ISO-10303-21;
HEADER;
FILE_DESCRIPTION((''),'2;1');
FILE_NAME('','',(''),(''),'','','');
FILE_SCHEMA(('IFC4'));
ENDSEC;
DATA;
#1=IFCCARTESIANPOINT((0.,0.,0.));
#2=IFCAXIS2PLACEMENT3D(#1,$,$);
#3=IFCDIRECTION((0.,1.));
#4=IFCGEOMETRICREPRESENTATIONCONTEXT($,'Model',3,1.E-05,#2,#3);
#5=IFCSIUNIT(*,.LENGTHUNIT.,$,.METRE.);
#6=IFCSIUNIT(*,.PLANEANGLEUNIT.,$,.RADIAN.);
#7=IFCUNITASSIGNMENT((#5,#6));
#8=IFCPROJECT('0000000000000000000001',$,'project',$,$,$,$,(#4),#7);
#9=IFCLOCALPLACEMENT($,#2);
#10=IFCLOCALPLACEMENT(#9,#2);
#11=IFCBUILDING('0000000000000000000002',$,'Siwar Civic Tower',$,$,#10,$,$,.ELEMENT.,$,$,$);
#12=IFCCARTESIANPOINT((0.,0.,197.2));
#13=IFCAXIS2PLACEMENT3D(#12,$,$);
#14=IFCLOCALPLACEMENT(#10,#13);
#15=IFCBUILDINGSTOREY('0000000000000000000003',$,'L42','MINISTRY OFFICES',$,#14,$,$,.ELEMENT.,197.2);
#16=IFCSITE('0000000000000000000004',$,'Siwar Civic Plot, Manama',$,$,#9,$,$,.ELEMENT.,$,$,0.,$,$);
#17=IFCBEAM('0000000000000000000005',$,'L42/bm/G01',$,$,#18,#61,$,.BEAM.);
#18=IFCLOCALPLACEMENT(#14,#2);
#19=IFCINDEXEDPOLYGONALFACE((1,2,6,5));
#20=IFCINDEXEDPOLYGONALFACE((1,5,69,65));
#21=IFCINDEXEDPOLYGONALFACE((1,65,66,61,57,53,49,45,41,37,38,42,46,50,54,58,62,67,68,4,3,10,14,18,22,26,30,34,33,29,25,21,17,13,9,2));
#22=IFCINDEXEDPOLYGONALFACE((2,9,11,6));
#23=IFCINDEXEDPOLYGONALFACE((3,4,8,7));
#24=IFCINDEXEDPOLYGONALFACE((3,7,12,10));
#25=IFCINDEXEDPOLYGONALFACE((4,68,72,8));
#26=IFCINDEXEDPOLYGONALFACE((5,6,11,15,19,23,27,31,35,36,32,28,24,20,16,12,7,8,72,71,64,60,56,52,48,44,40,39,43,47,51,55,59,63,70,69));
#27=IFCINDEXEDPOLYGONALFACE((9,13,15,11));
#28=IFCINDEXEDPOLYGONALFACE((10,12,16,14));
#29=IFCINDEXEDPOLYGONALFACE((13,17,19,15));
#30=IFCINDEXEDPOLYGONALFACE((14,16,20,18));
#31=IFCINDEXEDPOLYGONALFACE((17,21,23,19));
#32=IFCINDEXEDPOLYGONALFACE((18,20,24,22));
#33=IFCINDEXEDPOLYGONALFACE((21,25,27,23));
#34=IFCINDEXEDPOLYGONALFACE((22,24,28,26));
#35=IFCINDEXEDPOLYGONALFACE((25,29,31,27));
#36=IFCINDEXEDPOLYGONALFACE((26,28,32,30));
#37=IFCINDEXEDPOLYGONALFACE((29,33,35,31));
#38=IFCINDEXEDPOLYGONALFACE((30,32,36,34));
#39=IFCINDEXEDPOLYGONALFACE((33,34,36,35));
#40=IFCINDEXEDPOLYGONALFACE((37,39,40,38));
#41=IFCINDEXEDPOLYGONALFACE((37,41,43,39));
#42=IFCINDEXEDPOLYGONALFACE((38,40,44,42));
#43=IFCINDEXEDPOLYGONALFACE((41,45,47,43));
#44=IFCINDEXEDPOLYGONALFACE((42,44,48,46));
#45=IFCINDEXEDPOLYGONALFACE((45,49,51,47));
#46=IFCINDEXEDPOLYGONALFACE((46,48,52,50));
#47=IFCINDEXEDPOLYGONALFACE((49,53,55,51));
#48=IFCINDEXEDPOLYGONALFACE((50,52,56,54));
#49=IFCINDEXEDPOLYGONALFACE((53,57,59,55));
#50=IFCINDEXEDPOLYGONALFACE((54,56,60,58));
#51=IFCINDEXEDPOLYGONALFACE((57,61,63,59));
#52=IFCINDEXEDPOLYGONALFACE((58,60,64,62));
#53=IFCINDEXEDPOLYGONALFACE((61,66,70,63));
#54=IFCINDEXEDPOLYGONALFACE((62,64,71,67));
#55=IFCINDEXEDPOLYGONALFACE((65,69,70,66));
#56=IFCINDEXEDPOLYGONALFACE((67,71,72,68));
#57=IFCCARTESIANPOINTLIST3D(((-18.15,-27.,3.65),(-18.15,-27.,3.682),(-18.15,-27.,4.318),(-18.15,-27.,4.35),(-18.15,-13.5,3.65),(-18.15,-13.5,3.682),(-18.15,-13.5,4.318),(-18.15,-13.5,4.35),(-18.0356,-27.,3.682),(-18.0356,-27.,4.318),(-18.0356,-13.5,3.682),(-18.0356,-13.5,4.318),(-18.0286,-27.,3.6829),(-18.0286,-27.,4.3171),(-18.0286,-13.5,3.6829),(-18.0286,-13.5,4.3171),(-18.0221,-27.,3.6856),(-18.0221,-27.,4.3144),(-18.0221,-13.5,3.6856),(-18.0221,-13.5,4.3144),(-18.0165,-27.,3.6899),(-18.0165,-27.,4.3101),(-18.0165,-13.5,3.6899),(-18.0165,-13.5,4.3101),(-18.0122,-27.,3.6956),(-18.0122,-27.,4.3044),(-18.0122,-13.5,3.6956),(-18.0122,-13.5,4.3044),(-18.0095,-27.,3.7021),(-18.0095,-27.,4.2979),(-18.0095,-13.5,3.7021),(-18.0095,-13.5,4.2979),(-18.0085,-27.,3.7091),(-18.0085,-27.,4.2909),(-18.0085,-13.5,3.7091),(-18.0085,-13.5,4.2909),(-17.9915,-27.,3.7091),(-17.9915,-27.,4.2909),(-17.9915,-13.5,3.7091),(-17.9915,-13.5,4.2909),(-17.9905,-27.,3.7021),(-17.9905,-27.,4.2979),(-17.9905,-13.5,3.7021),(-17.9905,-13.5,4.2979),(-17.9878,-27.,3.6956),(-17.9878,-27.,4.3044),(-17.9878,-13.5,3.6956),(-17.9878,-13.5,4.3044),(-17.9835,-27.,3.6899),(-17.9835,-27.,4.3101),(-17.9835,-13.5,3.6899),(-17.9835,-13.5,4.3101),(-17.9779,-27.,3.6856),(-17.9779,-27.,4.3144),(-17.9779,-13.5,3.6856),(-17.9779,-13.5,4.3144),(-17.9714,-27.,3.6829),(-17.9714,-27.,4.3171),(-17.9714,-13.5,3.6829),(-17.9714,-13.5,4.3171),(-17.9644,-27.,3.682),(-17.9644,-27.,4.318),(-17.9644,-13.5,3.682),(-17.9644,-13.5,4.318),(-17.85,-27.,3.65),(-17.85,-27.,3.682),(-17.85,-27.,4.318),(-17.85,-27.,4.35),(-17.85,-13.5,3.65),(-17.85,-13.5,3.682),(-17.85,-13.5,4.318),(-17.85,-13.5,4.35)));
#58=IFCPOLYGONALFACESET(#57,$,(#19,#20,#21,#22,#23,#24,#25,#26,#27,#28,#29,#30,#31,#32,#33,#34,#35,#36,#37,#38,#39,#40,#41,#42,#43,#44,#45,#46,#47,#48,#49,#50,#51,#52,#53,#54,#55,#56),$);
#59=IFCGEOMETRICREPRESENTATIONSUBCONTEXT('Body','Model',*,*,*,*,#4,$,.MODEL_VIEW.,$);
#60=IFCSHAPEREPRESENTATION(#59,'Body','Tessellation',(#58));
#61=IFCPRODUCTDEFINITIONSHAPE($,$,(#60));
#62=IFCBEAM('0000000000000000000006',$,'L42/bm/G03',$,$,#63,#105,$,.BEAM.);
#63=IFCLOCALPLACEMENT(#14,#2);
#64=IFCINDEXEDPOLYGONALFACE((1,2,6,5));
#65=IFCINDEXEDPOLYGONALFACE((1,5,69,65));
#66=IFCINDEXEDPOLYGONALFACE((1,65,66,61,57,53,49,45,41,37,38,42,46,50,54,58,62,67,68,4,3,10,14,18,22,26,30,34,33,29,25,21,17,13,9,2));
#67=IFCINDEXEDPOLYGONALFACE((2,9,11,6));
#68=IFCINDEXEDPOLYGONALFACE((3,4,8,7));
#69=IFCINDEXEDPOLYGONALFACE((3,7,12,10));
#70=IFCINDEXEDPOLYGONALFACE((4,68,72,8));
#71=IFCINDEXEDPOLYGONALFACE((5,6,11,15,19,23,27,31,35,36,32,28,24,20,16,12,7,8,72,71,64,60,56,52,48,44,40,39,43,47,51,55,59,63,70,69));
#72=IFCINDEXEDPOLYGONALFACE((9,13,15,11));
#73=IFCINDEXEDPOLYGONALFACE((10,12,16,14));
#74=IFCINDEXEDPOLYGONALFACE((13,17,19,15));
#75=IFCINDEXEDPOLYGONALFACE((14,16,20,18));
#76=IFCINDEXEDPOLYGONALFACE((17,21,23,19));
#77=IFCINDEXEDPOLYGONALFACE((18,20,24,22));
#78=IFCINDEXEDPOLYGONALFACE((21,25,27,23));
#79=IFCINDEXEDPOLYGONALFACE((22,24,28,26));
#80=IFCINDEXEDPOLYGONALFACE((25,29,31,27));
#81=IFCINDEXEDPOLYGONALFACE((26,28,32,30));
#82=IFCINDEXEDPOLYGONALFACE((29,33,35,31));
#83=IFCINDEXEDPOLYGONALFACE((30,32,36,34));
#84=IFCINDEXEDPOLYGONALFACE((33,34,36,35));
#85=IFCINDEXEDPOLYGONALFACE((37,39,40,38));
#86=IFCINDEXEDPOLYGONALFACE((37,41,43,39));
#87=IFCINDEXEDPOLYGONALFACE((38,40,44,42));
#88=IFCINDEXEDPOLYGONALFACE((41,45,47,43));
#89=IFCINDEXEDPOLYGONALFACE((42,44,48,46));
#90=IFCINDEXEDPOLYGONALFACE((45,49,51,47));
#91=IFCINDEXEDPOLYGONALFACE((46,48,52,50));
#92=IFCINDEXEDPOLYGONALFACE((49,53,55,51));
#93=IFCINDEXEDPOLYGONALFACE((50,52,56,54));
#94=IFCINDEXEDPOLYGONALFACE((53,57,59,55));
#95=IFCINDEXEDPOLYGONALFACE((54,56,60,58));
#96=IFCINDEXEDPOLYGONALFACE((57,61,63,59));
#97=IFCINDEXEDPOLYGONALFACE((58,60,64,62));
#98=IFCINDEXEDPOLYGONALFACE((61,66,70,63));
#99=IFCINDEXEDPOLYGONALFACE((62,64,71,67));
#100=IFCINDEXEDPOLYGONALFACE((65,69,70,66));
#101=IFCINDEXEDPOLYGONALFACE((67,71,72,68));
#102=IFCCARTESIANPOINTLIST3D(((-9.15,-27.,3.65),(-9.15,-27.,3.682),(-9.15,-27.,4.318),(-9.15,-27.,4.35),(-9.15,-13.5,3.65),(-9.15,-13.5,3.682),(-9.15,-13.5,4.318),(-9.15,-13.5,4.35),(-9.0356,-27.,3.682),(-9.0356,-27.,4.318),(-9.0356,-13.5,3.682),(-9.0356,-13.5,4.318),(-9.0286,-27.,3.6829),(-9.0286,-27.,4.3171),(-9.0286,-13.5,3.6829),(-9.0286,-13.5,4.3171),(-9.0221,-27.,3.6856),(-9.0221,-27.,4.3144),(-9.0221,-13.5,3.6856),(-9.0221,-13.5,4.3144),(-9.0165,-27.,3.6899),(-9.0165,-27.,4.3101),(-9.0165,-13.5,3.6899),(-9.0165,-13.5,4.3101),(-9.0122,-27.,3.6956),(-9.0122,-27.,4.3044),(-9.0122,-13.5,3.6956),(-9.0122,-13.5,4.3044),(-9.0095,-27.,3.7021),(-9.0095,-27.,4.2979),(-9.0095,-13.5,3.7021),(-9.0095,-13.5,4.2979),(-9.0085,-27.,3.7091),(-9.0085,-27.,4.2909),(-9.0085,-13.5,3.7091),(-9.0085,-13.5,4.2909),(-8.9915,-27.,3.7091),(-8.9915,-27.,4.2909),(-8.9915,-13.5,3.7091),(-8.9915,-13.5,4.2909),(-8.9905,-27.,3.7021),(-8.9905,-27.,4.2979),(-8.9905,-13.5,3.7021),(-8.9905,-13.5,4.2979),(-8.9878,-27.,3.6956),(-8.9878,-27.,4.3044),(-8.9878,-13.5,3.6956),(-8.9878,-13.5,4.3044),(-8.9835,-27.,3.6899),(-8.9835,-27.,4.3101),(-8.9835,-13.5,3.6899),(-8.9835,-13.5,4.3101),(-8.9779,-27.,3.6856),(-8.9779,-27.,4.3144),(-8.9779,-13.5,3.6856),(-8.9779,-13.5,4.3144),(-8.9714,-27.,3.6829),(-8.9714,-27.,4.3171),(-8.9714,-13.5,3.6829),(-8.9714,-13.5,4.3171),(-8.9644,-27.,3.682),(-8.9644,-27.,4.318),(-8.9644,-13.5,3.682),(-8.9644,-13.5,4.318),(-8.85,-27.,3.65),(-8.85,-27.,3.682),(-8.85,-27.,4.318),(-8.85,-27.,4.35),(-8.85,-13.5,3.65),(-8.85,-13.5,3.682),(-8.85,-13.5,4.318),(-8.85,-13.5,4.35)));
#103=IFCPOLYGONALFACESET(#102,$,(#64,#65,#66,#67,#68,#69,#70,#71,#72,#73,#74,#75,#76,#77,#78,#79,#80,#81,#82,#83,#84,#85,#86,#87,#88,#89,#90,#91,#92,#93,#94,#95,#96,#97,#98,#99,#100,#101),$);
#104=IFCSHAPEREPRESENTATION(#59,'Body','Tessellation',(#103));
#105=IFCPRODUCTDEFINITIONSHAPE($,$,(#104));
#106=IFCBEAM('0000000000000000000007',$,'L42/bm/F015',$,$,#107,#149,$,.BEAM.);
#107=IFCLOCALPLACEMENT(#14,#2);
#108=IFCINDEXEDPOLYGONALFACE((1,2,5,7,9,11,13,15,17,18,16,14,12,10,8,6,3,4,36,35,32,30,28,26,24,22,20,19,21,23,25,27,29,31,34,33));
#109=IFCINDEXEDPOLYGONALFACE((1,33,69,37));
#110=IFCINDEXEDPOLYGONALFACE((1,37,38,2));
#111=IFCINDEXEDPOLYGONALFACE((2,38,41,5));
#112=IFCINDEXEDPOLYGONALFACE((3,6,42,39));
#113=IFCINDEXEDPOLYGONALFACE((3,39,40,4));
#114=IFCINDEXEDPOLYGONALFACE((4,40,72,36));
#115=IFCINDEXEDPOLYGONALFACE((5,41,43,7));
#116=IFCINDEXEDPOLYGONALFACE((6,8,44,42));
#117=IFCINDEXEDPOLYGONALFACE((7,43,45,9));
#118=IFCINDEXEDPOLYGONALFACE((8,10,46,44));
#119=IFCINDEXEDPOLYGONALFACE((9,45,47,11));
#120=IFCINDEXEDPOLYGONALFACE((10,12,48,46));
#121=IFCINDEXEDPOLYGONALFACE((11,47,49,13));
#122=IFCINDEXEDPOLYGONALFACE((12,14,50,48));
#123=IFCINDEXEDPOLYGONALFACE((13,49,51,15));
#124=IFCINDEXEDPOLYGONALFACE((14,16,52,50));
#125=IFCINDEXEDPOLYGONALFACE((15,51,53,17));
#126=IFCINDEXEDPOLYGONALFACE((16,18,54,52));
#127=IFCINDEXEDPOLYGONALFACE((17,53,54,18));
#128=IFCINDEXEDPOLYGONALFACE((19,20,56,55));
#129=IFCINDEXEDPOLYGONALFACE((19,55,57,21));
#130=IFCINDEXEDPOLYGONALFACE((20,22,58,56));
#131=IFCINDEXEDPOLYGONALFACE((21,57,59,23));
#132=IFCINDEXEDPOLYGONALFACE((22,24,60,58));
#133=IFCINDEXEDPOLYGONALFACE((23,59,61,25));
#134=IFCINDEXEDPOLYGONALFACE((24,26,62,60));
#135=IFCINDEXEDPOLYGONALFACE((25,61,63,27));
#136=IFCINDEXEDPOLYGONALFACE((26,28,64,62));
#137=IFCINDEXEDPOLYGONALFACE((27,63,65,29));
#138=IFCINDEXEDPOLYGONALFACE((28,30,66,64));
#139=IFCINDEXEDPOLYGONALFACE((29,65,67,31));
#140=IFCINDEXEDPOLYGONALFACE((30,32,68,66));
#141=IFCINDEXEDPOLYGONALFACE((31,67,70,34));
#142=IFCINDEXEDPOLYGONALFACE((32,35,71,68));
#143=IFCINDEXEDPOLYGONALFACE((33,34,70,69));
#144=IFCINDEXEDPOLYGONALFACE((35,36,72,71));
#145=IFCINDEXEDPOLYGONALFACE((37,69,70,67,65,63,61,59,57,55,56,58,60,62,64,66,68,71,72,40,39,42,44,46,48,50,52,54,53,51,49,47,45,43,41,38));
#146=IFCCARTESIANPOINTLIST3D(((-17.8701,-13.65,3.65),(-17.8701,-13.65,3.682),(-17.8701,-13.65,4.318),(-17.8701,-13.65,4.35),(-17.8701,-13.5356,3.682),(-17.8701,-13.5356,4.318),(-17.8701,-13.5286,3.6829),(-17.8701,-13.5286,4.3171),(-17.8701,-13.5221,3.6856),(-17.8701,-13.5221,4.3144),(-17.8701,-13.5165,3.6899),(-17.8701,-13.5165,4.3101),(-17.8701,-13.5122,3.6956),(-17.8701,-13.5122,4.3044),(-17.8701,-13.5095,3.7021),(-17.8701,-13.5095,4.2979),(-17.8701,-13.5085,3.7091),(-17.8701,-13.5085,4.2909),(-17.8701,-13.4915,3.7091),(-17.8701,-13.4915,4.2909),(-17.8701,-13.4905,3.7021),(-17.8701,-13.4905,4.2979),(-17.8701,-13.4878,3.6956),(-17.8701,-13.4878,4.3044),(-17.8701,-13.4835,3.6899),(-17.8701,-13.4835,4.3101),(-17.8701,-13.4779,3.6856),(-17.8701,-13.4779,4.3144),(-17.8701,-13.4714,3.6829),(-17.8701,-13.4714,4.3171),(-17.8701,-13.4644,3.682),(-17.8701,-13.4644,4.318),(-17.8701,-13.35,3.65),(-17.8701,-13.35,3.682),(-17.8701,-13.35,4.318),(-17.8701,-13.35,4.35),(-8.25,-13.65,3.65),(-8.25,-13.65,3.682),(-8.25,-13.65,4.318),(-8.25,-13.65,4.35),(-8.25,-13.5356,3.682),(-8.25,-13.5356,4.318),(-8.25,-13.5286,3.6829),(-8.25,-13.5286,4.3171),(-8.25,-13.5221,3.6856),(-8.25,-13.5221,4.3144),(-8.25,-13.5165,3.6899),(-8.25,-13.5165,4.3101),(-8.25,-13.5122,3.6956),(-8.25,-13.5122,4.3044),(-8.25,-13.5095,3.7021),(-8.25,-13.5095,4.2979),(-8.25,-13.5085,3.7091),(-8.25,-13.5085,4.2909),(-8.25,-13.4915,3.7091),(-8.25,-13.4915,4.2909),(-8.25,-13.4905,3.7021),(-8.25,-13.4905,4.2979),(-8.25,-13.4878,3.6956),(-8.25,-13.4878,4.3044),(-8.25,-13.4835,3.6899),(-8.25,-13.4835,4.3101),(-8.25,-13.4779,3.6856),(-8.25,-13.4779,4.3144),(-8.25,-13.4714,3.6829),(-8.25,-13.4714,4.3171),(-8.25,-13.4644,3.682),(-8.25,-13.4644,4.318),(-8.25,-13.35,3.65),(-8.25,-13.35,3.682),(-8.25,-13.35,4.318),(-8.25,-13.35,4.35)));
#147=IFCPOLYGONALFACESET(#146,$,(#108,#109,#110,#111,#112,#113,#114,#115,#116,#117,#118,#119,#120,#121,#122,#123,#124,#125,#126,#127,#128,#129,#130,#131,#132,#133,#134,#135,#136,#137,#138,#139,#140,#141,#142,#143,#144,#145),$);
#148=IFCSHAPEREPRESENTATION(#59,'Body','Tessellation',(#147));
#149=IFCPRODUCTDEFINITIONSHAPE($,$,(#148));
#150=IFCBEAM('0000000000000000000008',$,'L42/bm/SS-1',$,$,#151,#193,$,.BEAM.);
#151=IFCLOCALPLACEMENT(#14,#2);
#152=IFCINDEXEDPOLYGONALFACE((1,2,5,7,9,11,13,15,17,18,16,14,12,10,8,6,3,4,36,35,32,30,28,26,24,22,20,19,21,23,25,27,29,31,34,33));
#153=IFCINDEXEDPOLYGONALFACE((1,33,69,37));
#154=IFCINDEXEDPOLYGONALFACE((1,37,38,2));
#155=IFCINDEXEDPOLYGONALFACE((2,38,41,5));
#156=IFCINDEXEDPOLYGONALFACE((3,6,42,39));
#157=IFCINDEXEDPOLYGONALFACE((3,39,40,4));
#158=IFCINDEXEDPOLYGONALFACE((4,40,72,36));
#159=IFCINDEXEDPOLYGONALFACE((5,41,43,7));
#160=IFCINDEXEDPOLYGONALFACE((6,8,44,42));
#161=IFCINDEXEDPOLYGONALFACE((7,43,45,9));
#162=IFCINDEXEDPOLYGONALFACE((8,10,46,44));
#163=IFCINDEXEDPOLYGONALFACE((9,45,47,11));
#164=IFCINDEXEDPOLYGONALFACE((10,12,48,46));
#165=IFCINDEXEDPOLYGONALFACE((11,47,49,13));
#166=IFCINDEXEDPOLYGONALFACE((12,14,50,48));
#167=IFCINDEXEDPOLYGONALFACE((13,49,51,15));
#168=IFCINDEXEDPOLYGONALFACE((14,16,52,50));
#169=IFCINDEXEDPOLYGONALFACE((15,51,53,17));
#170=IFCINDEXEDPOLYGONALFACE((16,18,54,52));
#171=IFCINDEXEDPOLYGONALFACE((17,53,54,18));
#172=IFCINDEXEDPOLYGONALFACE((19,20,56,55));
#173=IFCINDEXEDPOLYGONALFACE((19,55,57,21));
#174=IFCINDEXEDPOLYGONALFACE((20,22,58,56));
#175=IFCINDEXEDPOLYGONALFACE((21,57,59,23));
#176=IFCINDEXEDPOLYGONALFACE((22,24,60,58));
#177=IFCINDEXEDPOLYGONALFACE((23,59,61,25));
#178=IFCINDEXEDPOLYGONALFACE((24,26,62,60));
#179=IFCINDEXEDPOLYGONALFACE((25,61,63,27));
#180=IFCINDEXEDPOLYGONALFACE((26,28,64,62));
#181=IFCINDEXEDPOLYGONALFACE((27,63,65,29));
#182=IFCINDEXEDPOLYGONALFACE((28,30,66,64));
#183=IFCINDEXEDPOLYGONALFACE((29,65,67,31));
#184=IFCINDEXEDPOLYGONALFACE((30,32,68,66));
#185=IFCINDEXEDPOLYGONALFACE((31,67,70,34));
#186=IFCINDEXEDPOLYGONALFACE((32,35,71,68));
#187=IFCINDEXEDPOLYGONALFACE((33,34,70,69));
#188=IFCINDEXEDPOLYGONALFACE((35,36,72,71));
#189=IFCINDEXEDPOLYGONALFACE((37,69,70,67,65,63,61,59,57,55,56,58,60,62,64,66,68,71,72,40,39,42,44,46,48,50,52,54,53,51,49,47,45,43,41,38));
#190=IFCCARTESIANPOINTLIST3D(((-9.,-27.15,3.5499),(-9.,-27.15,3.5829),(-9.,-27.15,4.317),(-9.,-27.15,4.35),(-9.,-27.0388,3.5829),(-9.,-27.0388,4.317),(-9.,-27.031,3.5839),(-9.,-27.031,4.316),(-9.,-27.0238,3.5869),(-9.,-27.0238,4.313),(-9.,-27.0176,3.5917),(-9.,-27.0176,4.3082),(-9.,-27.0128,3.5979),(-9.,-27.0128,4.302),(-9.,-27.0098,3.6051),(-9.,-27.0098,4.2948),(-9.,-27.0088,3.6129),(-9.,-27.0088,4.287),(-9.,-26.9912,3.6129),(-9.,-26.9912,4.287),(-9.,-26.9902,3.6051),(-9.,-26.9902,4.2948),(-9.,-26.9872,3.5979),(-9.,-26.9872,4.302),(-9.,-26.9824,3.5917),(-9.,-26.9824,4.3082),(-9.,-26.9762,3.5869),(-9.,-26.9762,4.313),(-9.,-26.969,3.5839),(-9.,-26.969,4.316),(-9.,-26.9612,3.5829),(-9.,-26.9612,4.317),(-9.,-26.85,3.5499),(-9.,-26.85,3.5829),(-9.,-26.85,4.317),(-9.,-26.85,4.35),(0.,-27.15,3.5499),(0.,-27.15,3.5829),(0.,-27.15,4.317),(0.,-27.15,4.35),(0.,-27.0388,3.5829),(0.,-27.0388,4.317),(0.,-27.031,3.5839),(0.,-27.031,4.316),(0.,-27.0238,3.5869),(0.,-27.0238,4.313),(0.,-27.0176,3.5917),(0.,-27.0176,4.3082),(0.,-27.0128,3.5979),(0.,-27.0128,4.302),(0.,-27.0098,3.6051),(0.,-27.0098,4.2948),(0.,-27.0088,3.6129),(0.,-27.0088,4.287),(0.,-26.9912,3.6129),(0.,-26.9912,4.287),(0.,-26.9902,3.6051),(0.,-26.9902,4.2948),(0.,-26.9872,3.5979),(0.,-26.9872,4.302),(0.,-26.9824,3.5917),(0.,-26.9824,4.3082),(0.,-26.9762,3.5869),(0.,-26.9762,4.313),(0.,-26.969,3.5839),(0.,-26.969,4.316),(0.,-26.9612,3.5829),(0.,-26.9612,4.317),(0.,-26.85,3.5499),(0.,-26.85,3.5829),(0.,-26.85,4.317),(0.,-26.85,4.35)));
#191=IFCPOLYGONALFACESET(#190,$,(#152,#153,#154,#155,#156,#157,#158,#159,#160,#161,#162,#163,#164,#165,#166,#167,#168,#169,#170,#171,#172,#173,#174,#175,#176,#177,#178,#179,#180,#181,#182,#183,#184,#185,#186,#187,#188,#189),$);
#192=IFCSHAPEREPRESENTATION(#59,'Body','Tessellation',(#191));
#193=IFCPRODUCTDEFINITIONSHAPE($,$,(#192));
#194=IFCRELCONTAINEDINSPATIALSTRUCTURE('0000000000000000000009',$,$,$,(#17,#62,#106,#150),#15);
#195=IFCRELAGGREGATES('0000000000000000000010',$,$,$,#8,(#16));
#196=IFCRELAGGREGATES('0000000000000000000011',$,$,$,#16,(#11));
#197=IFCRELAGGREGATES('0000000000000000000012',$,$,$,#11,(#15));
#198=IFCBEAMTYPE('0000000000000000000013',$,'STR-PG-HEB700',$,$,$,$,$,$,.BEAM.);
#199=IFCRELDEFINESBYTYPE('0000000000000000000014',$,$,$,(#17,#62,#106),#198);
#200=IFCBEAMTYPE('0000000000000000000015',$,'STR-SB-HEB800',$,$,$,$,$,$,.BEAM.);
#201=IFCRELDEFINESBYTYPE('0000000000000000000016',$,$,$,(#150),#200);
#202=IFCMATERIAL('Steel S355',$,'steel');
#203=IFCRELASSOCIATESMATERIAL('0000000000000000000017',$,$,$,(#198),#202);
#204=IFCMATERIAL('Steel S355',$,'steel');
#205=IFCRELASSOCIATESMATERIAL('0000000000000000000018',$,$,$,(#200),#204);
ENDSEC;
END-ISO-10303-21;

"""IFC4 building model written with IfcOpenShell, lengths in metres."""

from ifc_helpers import new_model, si_unit, direction, frame, origin, origin_2d, place, context, subcontext, project, spatial, i_section, extrude, material, material_profile, profile_set, type_object, element, save


model = new_model("IFC4")

# Units and contexts
model_context = context("Model", 3, precision=1e-05, world=origin(), true_north=direction((0.0, 1.0)))
body_context = subcontext(model_context, "Body", "Model", "MODEL_VIEW")
ifc_project = project(units=[si_unit("LENGTHUNIT", "METRE"), si_unit("PLANEANGLEUNIT", "RADIAN")], contexts=[model_context])

# Site, building, storey
site_placement = place(None, origin())
site = spatial("IfcSite", under=ifc_project, at=site_placement, Name="Siwar Civic Plot, Manama", CompositionType="ELEMENT", RefElevation=0.0)
building_placement = place(site_placement, origin())
building = spatial("IfcBuilding", under=site, at=building_placement, Name="Siwar Civic Tower", CompositionType="ELEMENT")
storey_placement = place(building_placement, frame((0.0, 0.0, 197.2)))
storey = spatial("IfcBuildingStorey", under=building, at=storey_placement, Name="L42", Description="MINISTRY OFFICES", CompositionType="ELEMENT", Elevation=197.2)

# Beams
ifc_material_1 = material(Name="Steel S355", Category="steel")
ifc_material_profile_1 = material_profile(ifc_material_1, i_section(OverallWidth=0.3, OverallDepth=0.7, WebThickness=0.0171, FlangeThickness=0.032, FilletRadius=0.0271, at=origin_2d()), Name="HEB700")
ifc_profile_set_1 = profile_set([ifc_material_profile_1], Name="Steel S355")
beam_type_1 = type_object("IfcBeamType", Name="STR-PG-HEB700", PredefinedType="BEAM", material=ifc_profile_set_1)
for number, where, z_axis, x_axis, name in (
    (1, (-18.0, -27.0, 4.0), (0.0, 1.0, 0.0), (-1.0, 0.0, 0.0), "L42/bm/G01"),
    (2, (-9.0, -27.0, 4.0), (0.0, 1.0, 0.0), (-1.0, 0.0, 0.0), "L42/bm/G03"),
):
    element("IfcBeam", number, at=place(storey_placement, frame(where, z_axis=z_axis, x_axis=x_axis)), inside=storey, type_object=beam_type_1, Name=name, PredefinedType="BEAM", context=body_context, shape_type="SweptSolid", body=[
        extrude(i_section(OverallWidth=0.3, OverallDepth=0.7, WebThickness=0.0171, FlangeThickness=0.032, FilletRadius=0.0271, at=origin_2d()), origin(), (0.0, 0.0, 1.0), 13.5),
    ])
beam_1_placement = place(storey_placement, frame((-17.8701, -13.5, 4.0), z_axis=(1.0, 0.0, 0.0), x_axis=(0.0, 1.0, 0.0)))
element("IfcBeam", 3, at=beam_1_placement, inside=storey, type_object=beam_type_1, Name="L42/bm/F015", PredefinedType="BEAM", context=body_context, shape_type="SweptSolid", body=[
    extrude(i_section(OverallWidth=0.3, OverallDepth=0.7, WebThickness=0.0171, FlangeThickness=0.032, FilletRadius=0.0271, at=origin_2d()), origin(), (0.0, 0.0, 1.0), 9.6201),
])
ifc_material_2 = material(Name="Steel S355", Category="steel")
ifc_material_profile_2 = material_profile(ifc_material_2, i_section(OverallWidth=0.3, OverallDepth=0.8, WebThickness=0.0176, FlangeThickness=0.033, FilletRadius=0.03, at=origin_2d()), Name="HEB800")
ifc_profile_set_2 = profile_set([ifc_material_profile_2], Name="Steel S355")
beam_type_2 = type_object("IfcBeamType", Name="STR-SB-HEB800", PredefinedType="BEAM", material=ifc_profile_set_2)
for number, where, z_axis, x_axis, name in (
    (4, (-9.0, -27.0, 3.95), (1.0, 0.0, 0.0), (0.0, 1.0, 0.0), "L42/bm/SS-1"),
):
    element("IfcBeam", number, at=place(storey_placement, frame(where, z_axis=z_axis, x_axis=x_axis)), inside=storey, type_object=beam_type_2, Name=name, PredefinedType="BEAM", context=body_context, shape_type="SweptSolid", body=[
        extrude(i_section(OverallWidth=0.3, OverallDepth=0.8, WebThickness=0.0176, FlangeThickness=0.033, FilletRadius=0.03, at=origin_2d()), origin(), (0.0, 0.0, 1.0), 9.0),
    ])

save(model, "model.ifc")
